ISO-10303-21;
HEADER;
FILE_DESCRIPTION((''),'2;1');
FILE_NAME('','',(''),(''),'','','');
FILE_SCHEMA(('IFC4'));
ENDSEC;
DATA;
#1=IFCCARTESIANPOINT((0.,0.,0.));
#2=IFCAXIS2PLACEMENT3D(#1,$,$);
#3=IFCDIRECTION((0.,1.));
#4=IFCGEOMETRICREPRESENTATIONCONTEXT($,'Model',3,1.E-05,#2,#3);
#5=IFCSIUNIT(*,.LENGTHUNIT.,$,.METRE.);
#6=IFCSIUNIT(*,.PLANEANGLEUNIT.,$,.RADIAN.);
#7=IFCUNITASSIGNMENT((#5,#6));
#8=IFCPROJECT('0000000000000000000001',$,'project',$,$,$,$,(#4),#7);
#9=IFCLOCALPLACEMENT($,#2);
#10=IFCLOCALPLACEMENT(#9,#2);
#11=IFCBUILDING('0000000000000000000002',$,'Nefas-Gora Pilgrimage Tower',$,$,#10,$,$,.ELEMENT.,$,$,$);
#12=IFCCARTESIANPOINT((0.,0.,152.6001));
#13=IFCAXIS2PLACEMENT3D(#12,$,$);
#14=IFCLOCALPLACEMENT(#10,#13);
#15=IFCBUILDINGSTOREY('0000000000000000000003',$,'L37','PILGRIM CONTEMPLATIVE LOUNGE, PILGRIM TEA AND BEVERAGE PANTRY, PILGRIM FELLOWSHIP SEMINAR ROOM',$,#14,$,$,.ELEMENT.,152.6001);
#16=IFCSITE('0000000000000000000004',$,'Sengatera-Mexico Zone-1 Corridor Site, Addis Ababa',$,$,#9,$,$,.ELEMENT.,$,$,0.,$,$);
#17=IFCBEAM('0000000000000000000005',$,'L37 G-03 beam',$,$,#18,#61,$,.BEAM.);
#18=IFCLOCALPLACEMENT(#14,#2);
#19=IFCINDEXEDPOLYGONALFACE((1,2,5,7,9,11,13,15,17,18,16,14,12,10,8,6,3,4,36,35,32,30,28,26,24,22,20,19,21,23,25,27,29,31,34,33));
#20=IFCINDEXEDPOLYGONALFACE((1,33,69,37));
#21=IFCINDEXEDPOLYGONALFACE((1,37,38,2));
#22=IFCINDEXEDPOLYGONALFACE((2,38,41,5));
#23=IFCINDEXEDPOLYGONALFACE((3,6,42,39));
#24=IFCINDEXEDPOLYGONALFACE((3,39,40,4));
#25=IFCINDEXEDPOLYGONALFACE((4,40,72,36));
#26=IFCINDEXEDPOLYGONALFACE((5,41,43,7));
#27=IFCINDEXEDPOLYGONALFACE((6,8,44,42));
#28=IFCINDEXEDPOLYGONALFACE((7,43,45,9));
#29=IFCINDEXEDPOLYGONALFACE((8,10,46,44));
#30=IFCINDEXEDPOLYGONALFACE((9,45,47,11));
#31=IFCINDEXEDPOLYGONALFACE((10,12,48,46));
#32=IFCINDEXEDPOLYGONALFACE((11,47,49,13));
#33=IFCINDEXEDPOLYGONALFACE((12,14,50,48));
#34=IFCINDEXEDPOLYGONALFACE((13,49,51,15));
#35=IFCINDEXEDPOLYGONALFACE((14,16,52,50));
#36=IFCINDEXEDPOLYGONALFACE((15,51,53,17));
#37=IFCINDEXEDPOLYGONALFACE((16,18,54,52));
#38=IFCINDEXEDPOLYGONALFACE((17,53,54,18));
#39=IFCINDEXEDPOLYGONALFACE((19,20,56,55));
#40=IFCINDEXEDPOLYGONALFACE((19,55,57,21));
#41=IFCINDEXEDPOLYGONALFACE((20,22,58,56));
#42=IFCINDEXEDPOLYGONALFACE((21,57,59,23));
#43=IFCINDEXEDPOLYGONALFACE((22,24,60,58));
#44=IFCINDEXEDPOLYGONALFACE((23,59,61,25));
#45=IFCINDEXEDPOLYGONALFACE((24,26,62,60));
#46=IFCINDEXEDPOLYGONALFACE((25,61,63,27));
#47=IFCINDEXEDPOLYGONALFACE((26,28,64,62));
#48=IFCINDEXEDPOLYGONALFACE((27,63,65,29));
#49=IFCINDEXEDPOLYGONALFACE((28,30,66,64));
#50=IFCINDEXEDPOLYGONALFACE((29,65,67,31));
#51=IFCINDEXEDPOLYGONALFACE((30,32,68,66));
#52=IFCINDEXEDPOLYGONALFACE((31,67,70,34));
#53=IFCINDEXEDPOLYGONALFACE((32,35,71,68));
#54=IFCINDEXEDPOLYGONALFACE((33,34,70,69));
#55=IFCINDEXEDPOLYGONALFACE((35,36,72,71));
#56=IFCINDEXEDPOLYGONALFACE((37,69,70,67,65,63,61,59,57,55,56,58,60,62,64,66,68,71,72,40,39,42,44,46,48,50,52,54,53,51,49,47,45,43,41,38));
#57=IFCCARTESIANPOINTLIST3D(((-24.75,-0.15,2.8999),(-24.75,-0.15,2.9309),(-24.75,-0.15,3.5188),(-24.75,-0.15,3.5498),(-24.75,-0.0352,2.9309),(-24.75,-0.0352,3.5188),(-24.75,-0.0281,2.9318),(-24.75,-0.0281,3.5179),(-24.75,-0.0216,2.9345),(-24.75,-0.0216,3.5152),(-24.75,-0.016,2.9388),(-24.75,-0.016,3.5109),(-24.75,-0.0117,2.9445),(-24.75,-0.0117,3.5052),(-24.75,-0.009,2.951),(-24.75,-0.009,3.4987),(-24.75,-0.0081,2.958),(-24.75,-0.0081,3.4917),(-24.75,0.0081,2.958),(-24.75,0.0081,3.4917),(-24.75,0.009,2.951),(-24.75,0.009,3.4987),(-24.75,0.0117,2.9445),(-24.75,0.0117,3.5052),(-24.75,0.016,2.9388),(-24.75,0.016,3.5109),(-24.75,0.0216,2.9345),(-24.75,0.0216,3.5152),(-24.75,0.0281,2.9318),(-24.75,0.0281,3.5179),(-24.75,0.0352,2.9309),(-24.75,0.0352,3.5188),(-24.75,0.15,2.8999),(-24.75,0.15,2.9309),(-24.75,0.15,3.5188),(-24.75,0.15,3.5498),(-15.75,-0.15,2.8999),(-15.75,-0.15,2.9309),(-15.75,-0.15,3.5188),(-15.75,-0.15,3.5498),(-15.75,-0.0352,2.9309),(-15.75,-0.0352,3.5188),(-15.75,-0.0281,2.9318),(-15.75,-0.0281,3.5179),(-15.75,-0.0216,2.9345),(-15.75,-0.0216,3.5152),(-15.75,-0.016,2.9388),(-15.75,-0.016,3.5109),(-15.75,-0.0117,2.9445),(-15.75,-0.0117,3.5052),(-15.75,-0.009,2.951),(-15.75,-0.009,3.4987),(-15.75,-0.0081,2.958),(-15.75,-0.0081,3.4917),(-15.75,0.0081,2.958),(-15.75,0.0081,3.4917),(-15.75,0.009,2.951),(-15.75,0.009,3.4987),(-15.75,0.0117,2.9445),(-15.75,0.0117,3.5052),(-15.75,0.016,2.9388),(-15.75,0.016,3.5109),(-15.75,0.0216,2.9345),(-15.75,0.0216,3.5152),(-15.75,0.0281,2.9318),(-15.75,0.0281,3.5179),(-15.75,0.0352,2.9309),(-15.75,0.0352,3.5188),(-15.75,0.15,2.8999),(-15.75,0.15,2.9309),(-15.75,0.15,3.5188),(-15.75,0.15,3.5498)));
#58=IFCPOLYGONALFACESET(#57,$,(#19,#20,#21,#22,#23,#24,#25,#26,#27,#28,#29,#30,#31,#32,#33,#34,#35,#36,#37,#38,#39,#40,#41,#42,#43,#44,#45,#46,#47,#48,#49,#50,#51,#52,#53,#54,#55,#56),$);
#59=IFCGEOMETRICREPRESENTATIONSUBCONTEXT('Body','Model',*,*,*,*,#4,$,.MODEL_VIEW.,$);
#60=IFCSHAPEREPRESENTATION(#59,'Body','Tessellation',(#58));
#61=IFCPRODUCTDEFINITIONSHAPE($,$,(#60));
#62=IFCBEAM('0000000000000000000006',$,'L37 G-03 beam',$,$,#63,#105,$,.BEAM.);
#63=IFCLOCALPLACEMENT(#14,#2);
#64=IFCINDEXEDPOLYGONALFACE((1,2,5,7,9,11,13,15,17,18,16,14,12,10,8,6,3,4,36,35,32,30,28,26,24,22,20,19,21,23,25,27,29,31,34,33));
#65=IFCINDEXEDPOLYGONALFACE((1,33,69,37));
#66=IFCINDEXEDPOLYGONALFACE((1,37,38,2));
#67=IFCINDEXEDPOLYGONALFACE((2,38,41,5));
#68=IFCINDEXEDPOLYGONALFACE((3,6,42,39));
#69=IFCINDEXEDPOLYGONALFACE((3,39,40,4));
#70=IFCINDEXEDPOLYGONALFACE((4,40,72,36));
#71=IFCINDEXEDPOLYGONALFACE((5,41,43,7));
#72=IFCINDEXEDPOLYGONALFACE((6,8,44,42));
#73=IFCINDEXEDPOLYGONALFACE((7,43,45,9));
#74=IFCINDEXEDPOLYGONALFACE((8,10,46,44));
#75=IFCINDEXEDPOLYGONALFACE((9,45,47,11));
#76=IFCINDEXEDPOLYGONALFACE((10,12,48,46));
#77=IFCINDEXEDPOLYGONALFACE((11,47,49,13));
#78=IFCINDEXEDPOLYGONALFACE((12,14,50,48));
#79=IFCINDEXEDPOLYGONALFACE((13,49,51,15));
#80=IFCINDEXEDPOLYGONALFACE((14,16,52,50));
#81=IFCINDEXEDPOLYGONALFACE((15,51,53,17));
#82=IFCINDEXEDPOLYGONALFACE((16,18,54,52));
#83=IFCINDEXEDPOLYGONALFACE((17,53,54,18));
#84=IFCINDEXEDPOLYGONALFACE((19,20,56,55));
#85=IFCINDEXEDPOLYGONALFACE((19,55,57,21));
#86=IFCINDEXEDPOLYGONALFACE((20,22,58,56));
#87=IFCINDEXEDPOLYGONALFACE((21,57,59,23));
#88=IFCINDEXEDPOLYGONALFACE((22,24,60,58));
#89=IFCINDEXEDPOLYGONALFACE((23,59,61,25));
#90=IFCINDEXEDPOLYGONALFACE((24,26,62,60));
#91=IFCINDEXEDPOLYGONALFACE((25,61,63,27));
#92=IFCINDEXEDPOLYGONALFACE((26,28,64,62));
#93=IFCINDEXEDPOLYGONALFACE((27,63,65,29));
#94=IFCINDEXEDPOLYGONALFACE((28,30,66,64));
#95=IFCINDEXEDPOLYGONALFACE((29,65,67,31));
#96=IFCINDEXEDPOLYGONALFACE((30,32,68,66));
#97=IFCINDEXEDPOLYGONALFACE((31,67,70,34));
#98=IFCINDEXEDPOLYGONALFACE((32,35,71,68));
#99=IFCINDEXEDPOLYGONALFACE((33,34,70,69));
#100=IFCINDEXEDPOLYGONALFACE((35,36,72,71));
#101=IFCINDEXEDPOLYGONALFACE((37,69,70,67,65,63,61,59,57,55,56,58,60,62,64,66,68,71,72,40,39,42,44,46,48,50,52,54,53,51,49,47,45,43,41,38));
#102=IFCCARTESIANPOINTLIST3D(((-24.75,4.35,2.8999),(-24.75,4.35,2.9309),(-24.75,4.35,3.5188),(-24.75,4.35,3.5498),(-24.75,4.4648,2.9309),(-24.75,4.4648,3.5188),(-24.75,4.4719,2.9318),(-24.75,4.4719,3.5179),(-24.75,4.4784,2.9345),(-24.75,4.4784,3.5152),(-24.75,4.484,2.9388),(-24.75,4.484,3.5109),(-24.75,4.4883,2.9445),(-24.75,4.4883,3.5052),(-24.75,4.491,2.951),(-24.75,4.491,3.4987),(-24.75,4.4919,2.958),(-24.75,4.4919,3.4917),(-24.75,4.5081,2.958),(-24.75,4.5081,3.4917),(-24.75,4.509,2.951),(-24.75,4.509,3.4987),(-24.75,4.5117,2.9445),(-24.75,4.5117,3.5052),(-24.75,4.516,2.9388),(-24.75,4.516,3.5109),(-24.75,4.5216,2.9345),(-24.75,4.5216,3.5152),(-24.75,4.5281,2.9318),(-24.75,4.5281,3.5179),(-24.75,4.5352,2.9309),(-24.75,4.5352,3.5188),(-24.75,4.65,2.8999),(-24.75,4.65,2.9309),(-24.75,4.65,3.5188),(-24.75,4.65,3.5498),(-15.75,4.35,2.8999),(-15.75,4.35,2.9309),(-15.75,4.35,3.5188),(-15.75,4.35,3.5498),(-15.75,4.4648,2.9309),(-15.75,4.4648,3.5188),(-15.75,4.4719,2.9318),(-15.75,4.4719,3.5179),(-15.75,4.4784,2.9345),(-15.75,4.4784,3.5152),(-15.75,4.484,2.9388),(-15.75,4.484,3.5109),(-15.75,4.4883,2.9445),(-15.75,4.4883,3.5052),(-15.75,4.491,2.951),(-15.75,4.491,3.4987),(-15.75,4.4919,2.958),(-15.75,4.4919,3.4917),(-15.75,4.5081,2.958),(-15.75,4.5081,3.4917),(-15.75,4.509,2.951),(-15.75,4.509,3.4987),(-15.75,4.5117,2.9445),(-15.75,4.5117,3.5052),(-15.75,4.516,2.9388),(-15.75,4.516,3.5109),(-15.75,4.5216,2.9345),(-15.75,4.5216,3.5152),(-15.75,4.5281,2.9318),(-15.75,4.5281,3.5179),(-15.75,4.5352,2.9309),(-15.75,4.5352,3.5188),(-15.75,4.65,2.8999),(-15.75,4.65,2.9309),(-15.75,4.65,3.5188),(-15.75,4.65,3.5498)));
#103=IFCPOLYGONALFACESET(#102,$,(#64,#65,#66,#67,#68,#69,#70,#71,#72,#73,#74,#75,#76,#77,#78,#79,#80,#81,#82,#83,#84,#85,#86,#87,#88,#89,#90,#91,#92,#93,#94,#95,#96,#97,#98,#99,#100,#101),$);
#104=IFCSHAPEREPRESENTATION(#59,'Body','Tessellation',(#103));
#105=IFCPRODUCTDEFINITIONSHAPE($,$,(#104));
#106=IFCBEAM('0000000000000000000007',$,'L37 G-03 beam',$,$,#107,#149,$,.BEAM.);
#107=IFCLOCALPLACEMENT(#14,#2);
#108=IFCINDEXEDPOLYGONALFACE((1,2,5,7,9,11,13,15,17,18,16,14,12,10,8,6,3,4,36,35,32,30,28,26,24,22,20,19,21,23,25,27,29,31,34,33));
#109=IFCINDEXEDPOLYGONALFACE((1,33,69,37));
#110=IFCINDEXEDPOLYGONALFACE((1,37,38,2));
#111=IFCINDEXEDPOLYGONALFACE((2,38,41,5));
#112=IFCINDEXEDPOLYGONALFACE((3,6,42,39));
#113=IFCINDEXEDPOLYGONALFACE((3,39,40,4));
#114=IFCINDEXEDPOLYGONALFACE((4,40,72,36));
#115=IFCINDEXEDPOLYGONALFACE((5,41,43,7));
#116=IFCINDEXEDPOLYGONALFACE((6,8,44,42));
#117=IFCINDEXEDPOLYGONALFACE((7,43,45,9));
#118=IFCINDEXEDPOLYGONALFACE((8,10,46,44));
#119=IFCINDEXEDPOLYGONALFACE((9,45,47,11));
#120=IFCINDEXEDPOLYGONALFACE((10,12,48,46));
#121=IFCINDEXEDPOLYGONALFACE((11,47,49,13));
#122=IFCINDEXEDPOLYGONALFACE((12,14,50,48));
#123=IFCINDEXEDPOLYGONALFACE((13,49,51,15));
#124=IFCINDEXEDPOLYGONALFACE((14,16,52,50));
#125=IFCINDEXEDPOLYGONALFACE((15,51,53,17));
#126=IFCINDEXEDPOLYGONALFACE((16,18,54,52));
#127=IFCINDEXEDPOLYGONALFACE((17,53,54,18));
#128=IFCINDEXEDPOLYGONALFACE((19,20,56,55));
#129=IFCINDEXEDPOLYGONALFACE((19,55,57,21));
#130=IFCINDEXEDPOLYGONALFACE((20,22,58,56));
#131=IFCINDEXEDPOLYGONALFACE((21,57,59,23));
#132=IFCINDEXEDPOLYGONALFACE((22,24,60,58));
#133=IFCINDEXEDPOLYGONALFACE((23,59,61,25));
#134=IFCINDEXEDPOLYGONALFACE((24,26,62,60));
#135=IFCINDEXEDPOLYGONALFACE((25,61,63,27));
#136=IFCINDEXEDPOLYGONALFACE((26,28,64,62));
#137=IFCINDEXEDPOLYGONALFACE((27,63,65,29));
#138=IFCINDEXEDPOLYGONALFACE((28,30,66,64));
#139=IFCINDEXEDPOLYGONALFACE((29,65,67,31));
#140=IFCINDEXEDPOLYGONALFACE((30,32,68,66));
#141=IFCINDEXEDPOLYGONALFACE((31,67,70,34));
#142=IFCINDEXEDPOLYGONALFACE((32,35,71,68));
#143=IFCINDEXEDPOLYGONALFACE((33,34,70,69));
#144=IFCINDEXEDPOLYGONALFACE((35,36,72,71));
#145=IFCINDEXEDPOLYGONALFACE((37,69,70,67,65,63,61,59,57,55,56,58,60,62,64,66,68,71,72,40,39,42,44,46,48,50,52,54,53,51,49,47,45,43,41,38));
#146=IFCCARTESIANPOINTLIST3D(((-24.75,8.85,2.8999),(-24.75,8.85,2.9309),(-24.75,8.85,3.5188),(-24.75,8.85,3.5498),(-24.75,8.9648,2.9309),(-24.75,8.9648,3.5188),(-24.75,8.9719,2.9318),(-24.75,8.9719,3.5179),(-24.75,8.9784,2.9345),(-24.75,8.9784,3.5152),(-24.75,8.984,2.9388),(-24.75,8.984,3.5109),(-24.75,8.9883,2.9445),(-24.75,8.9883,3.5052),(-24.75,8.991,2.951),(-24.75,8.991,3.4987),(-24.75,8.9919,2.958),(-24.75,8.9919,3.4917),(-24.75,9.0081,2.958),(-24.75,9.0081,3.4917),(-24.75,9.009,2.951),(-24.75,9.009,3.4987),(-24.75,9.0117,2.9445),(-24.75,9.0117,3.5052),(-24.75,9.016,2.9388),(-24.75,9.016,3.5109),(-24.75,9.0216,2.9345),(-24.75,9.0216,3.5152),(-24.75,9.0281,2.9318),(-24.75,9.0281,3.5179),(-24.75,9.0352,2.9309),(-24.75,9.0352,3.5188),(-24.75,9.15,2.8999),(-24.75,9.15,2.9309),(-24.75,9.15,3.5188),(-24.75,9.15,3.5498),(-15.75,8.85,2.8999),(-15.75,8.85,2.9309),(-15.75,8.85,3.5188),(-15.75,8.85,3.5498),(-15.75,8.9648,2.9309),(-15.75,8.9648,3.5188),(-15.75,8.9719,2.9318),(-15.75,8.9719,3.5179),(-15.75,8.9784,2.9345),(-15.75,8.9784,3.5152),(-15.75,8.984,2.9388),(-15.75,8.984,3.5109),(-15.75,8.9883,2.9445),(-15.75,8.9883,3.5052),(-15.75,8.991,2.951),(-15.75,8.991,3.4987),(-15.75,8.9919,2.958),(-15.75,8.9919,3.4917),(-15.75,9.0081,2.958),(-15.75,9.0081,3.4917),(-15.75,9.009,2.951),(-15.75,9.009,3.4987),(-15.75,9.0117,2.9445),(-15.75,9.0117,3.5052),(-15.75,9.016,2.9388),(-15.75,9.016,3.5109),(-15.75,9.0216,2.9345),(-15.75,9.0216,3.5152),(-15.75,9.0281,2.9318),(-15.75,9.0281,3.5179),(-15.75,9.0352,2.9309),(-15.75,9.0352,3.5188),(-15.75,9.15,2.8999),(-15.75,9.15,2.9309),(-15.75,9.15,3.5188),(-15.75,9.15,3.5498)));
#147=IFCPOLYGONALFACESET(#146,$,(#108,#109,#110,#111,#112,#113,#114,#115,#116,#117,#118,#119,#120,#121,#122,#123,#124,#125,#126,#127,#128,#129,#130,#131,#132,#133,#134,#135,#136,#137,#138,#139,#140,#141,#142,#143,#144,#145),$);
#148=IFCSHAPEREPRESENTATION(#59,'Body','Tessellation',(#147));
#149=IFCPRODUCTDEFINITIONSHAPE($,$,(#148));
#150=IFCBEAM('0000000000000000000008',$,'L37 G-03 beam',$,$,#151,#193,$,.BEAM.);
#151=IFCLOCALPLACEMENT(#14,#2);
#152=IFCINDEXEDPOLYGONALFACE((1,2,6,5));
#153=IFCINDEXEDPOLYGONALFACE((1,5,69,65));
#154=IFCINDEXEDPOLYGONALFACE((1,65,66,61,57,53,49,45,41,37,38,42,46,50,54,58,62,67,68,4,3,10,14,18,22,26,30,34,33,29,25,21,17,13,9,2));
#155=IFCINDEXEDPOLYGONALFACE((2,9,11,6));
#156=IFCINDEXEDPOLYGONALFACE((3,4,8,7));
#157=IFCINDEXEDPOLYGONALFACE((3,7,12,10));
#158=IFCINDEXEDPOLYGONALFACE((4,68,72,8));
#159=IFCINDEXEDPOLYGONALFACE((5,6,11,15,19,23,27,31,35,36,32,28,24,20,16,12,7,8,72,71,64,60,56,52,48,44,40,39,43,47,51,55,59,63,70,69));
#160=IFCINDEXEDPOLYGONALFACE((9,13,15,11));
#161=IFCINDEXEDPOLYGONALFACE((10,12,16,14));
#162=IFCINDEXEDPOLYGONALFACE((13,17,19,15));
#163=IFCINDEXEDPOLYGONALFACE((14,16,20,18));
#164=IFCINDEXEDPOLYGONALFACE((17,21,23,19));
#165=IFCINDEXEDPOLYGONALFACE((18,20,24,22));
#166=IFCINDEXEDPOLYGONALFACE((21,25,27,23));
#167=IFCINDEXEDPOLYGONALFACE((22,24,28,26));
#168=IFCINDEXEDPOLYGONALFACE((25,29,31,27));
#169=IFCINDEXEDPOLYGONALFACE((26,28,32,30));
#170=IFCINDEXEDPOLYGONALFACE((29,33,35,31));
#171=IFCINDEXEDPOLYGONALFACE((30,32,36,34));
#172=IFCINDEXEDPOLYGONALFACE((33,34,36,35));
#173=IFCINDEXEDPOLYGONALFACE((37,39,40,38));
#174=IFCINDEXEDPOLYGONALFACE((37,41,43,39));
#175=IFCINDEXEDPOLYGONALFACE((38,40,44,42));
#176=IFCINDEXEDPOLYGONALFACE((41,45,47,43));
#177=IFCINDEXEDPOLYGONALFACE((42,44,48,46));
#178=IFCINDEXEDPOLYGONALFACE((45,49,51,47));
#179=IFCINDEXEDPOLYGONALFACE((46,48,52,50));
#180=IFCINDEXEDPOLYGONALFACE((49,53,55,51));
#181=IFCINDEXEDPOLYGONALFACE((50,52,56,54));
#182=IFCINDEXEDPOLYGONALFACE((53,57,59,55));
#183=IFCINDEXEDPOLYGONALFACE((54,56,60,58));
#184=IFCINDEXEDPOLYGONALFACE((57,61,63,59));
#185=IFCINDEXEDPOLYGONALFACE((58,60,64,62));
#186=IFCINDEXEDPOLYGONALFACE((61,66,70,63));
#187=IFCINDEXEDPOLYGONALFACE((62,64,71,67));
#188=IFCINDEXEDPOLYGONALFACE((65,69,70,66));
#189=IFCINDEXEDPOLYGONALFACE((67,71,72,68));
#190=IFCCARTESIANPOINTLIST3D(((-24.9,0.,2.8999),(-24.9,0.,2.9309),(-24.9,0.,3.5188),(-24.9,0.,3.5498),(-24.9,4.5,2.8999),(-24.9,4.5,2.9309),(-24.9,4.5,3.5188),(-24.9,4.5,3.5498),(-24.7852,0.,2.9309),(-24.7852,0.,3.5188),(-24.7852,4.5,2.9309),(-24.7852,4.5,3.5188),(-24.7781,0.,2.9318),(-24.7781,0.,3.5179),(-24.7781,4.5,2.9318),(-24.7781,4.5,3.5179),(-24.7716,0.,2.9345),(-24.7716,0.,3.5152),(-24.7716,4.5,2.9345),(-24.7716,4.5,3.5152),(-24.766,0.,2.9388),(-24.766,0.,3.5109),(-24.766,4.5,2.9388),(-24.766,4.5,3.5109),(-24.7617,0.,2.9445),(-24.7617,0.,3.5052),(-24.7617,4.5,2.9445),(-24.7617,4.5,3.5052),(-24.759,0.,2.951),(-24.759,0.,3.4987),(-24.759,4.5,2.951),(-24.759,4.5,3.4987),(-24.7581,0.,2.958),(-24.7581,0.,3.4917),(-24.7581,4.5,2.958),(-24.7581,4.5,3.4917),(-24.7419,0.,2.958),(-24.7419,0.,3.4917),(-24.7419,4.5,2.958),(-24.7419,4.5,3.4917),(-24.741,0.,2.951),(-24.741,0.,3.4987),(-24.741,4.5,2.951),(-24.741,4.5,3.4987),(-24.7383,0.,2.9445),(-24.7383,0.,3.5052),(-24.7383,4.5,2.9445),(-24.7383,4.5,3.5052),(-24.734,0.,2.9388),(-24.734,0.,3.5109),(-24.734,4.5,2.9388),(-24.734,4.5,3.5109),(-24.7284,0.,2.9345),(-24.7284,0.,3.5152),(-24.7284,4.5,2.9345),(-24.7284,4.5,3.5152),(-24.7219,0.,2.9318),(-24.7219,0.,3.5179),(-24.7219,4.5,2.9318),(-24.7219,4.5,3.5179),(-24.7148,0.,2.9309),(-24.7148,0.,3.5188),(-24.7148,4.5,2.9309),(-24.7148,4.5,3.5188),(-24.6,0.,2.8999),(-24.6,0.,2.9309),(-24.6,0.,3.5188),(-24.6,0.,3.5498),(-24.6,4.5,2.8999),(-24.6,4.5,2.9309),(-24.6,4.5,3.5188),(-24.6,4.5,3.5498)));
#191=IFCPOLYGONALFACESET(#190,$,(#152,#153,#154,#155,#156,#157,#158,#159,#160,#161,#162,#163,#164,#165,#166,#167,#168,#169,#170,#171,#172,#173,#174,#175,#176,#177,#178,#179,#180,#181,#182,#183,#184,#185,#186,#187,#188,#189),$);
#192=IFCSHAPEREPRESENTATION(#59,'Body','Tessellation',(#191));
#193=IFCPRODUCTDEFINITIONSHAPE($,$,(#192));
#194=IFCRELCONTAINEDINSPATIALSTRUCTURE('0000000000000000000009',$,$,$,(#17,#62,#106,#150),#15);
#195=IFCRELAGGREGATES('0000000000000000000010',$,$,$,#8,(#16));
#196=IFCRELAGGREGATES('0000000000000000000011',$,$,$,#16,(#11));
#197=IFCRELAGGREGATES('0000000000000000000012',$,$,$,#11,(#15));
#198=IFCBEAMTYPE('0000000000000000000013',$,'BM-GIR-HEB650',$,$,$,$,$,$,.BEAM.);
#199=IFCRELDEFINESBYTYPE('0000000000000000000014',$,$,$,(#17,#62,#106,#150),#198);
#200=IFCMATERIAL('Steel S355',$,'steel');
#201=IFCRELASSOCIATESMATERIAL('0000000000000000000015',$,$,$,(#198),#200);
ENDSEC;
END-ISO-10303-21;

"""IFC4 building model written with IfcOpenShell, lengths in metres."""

from ifc_helpers import new_model, si_unit, direction, frame, origin, origin_2d, place, context, subcontext, project, spatial, i_section, extrude, source, transform, mapped, material, material_profile, profile_set, type_object, element, save


model = new_model("IFC4")

# Units and contexts
model_context = context("Model", 3, precision=1e-05, world=origin(), true_north=direction((0.0, 1.0)))
body_context = subcontext(model_context, "Body", "Model", "MODEL_VIEW")
ifc_project = project(units=[si_unit("LENGTHUNIT", "METRE"), si_unit("PLANEANGLEUNIT", "RADIAN")], contexts=[model_context])

# Site, building, storey
site_placement = place(None, origin())
site = spatial("IfcSite", under=ifc_project, at=site_placement, Name="Sengatera-Mexico Zone-1 Corridor Site, Addis Ababa", CompositionType="ELEMENT", RefElevation=0.0)
building_placement = place(site_placement, origin())
building = spatial("IfcBuilding", under=site, at=building_placement, Name="Nefas-Gora Pilgrimage Tower", CompositionType="ELEMENT")
storey_placement = place(building_placement, frame((0.0, 0.0, 152.6001)))
storey = spatial("IfcBuildingStorey", under=building, at=storey_placement, Name="L37", Description="PILGRIM CONTEMPLATIVE LOUNGE, PILGRIM TEA AND BEVERAGE PANTRY, PILGRIM FELLOWSHIP SEMINAR ROOM", CompositionType="ELEMENT", Elevation=152.6001)

# Beams
ifc_material_1 = material(Name="Steel S355", Category="steel")
ifc_material_profile_1 = material_profile(ifc_material_1, i_section(OverallWidth=0.3, OverallDepth=0.6499, WebThickness=0.0161, FlangeThickness=0.031, FilletRadius=0.0271, at=origin_2d()), Name="HEB 650")
ifc_profile_set_1 = profile_set([ifc_material_profile_1], Name="Steel S355")
beam_type_1 = type_object("IfcBeamType", Name="BM-GIR-HEB650", PredefinedType="BEAM", material=ifc_profile_set_1)
shared_shape_1 = source(origin(), body_context, "Body", "SweptSolid", [
    extrude(i_section(OverallWidth=0.3, OverallDepth=0.6499, WebThickness=0.0161, FlangeThickness=0.031, FilletRadius=0.0271, at=origin_2d()), origin(), (0.0, 0.0, 1.0), 9.0),
])
for number, where, z_axis, x_axis, name in (
    (1, (-24.75, 0.0, 3.2249), (1.0, 0.0, 0.0), (0.0, 1.0, 0.0), "L37 G-03 beam"),
    (2, (-24.75, 4.5, 3.2249), (1.0, 0.0, 0.0), (0.0, 1.0, 0.0), "L37 G-03 beam"),
    (3, (-24.75, 9.0, 3.2249), (1.0, 0.0, 0.0), (0.0, 1.0, 0.0), "L37 G-03 beam"),
):
    element("IfcBeam", number, at=place(storey_placement, frame(where, z_axis=z_axis, x_axis=x_axis)), inside=storey, type_object=beam_type_1, Name=name, PredefinedType="BEAM", context=body_context, shape_type="MappedRepresentation", body=[
        mapped(shared_shape_1, transform((0.0, 0.0, 0.0), x_axis=(1.0, 0.0, 0.0), y_axis=(0.0, 1.0, 0.0), z_axis=(0.0, 0.0, 1.0), scale=1.0)),
    ])
shared_shape_2 = source(origin(), body_context, "Body", "SweptSolid", [
    extrude(i_section(OverallWidth=0.3, OverallDepth=0.6499, WebThickness=0.0161, FlangeThickness=0.031, FilletRadius=0.0271, at=origin_2d()), origin(), (0.0, 0.0, 1.0), 4.5),
])
for number, where, z_axis, x_axis, name in (
    (4, (-24.75, 0.0, 3.2249), (0.0, 1.0, 0.0), (-1.0, 0.0, 0.0), "L37 G-03 beam"),
):
    element("IfcBeam", number, at=place(storey_placement, frame(where, z_axis=z_axis, x_axis=x_axis)), inside=storey, type_object=beam_type_1, Name=name, PredefinedType="BEAM", context=body_context, shape_type="MappedRepresentation", body=[
        mapped(shared_shape_2, transform((0.0, 0.0, 0.0), x_axis=(1.0, 0.0, 0.0), y_axis=(0.0, 1.0, 0.0), z_axis=(0.0, 0.0, 1.0), scale=1.0)),
    ])

save(model, "model.ifc")
